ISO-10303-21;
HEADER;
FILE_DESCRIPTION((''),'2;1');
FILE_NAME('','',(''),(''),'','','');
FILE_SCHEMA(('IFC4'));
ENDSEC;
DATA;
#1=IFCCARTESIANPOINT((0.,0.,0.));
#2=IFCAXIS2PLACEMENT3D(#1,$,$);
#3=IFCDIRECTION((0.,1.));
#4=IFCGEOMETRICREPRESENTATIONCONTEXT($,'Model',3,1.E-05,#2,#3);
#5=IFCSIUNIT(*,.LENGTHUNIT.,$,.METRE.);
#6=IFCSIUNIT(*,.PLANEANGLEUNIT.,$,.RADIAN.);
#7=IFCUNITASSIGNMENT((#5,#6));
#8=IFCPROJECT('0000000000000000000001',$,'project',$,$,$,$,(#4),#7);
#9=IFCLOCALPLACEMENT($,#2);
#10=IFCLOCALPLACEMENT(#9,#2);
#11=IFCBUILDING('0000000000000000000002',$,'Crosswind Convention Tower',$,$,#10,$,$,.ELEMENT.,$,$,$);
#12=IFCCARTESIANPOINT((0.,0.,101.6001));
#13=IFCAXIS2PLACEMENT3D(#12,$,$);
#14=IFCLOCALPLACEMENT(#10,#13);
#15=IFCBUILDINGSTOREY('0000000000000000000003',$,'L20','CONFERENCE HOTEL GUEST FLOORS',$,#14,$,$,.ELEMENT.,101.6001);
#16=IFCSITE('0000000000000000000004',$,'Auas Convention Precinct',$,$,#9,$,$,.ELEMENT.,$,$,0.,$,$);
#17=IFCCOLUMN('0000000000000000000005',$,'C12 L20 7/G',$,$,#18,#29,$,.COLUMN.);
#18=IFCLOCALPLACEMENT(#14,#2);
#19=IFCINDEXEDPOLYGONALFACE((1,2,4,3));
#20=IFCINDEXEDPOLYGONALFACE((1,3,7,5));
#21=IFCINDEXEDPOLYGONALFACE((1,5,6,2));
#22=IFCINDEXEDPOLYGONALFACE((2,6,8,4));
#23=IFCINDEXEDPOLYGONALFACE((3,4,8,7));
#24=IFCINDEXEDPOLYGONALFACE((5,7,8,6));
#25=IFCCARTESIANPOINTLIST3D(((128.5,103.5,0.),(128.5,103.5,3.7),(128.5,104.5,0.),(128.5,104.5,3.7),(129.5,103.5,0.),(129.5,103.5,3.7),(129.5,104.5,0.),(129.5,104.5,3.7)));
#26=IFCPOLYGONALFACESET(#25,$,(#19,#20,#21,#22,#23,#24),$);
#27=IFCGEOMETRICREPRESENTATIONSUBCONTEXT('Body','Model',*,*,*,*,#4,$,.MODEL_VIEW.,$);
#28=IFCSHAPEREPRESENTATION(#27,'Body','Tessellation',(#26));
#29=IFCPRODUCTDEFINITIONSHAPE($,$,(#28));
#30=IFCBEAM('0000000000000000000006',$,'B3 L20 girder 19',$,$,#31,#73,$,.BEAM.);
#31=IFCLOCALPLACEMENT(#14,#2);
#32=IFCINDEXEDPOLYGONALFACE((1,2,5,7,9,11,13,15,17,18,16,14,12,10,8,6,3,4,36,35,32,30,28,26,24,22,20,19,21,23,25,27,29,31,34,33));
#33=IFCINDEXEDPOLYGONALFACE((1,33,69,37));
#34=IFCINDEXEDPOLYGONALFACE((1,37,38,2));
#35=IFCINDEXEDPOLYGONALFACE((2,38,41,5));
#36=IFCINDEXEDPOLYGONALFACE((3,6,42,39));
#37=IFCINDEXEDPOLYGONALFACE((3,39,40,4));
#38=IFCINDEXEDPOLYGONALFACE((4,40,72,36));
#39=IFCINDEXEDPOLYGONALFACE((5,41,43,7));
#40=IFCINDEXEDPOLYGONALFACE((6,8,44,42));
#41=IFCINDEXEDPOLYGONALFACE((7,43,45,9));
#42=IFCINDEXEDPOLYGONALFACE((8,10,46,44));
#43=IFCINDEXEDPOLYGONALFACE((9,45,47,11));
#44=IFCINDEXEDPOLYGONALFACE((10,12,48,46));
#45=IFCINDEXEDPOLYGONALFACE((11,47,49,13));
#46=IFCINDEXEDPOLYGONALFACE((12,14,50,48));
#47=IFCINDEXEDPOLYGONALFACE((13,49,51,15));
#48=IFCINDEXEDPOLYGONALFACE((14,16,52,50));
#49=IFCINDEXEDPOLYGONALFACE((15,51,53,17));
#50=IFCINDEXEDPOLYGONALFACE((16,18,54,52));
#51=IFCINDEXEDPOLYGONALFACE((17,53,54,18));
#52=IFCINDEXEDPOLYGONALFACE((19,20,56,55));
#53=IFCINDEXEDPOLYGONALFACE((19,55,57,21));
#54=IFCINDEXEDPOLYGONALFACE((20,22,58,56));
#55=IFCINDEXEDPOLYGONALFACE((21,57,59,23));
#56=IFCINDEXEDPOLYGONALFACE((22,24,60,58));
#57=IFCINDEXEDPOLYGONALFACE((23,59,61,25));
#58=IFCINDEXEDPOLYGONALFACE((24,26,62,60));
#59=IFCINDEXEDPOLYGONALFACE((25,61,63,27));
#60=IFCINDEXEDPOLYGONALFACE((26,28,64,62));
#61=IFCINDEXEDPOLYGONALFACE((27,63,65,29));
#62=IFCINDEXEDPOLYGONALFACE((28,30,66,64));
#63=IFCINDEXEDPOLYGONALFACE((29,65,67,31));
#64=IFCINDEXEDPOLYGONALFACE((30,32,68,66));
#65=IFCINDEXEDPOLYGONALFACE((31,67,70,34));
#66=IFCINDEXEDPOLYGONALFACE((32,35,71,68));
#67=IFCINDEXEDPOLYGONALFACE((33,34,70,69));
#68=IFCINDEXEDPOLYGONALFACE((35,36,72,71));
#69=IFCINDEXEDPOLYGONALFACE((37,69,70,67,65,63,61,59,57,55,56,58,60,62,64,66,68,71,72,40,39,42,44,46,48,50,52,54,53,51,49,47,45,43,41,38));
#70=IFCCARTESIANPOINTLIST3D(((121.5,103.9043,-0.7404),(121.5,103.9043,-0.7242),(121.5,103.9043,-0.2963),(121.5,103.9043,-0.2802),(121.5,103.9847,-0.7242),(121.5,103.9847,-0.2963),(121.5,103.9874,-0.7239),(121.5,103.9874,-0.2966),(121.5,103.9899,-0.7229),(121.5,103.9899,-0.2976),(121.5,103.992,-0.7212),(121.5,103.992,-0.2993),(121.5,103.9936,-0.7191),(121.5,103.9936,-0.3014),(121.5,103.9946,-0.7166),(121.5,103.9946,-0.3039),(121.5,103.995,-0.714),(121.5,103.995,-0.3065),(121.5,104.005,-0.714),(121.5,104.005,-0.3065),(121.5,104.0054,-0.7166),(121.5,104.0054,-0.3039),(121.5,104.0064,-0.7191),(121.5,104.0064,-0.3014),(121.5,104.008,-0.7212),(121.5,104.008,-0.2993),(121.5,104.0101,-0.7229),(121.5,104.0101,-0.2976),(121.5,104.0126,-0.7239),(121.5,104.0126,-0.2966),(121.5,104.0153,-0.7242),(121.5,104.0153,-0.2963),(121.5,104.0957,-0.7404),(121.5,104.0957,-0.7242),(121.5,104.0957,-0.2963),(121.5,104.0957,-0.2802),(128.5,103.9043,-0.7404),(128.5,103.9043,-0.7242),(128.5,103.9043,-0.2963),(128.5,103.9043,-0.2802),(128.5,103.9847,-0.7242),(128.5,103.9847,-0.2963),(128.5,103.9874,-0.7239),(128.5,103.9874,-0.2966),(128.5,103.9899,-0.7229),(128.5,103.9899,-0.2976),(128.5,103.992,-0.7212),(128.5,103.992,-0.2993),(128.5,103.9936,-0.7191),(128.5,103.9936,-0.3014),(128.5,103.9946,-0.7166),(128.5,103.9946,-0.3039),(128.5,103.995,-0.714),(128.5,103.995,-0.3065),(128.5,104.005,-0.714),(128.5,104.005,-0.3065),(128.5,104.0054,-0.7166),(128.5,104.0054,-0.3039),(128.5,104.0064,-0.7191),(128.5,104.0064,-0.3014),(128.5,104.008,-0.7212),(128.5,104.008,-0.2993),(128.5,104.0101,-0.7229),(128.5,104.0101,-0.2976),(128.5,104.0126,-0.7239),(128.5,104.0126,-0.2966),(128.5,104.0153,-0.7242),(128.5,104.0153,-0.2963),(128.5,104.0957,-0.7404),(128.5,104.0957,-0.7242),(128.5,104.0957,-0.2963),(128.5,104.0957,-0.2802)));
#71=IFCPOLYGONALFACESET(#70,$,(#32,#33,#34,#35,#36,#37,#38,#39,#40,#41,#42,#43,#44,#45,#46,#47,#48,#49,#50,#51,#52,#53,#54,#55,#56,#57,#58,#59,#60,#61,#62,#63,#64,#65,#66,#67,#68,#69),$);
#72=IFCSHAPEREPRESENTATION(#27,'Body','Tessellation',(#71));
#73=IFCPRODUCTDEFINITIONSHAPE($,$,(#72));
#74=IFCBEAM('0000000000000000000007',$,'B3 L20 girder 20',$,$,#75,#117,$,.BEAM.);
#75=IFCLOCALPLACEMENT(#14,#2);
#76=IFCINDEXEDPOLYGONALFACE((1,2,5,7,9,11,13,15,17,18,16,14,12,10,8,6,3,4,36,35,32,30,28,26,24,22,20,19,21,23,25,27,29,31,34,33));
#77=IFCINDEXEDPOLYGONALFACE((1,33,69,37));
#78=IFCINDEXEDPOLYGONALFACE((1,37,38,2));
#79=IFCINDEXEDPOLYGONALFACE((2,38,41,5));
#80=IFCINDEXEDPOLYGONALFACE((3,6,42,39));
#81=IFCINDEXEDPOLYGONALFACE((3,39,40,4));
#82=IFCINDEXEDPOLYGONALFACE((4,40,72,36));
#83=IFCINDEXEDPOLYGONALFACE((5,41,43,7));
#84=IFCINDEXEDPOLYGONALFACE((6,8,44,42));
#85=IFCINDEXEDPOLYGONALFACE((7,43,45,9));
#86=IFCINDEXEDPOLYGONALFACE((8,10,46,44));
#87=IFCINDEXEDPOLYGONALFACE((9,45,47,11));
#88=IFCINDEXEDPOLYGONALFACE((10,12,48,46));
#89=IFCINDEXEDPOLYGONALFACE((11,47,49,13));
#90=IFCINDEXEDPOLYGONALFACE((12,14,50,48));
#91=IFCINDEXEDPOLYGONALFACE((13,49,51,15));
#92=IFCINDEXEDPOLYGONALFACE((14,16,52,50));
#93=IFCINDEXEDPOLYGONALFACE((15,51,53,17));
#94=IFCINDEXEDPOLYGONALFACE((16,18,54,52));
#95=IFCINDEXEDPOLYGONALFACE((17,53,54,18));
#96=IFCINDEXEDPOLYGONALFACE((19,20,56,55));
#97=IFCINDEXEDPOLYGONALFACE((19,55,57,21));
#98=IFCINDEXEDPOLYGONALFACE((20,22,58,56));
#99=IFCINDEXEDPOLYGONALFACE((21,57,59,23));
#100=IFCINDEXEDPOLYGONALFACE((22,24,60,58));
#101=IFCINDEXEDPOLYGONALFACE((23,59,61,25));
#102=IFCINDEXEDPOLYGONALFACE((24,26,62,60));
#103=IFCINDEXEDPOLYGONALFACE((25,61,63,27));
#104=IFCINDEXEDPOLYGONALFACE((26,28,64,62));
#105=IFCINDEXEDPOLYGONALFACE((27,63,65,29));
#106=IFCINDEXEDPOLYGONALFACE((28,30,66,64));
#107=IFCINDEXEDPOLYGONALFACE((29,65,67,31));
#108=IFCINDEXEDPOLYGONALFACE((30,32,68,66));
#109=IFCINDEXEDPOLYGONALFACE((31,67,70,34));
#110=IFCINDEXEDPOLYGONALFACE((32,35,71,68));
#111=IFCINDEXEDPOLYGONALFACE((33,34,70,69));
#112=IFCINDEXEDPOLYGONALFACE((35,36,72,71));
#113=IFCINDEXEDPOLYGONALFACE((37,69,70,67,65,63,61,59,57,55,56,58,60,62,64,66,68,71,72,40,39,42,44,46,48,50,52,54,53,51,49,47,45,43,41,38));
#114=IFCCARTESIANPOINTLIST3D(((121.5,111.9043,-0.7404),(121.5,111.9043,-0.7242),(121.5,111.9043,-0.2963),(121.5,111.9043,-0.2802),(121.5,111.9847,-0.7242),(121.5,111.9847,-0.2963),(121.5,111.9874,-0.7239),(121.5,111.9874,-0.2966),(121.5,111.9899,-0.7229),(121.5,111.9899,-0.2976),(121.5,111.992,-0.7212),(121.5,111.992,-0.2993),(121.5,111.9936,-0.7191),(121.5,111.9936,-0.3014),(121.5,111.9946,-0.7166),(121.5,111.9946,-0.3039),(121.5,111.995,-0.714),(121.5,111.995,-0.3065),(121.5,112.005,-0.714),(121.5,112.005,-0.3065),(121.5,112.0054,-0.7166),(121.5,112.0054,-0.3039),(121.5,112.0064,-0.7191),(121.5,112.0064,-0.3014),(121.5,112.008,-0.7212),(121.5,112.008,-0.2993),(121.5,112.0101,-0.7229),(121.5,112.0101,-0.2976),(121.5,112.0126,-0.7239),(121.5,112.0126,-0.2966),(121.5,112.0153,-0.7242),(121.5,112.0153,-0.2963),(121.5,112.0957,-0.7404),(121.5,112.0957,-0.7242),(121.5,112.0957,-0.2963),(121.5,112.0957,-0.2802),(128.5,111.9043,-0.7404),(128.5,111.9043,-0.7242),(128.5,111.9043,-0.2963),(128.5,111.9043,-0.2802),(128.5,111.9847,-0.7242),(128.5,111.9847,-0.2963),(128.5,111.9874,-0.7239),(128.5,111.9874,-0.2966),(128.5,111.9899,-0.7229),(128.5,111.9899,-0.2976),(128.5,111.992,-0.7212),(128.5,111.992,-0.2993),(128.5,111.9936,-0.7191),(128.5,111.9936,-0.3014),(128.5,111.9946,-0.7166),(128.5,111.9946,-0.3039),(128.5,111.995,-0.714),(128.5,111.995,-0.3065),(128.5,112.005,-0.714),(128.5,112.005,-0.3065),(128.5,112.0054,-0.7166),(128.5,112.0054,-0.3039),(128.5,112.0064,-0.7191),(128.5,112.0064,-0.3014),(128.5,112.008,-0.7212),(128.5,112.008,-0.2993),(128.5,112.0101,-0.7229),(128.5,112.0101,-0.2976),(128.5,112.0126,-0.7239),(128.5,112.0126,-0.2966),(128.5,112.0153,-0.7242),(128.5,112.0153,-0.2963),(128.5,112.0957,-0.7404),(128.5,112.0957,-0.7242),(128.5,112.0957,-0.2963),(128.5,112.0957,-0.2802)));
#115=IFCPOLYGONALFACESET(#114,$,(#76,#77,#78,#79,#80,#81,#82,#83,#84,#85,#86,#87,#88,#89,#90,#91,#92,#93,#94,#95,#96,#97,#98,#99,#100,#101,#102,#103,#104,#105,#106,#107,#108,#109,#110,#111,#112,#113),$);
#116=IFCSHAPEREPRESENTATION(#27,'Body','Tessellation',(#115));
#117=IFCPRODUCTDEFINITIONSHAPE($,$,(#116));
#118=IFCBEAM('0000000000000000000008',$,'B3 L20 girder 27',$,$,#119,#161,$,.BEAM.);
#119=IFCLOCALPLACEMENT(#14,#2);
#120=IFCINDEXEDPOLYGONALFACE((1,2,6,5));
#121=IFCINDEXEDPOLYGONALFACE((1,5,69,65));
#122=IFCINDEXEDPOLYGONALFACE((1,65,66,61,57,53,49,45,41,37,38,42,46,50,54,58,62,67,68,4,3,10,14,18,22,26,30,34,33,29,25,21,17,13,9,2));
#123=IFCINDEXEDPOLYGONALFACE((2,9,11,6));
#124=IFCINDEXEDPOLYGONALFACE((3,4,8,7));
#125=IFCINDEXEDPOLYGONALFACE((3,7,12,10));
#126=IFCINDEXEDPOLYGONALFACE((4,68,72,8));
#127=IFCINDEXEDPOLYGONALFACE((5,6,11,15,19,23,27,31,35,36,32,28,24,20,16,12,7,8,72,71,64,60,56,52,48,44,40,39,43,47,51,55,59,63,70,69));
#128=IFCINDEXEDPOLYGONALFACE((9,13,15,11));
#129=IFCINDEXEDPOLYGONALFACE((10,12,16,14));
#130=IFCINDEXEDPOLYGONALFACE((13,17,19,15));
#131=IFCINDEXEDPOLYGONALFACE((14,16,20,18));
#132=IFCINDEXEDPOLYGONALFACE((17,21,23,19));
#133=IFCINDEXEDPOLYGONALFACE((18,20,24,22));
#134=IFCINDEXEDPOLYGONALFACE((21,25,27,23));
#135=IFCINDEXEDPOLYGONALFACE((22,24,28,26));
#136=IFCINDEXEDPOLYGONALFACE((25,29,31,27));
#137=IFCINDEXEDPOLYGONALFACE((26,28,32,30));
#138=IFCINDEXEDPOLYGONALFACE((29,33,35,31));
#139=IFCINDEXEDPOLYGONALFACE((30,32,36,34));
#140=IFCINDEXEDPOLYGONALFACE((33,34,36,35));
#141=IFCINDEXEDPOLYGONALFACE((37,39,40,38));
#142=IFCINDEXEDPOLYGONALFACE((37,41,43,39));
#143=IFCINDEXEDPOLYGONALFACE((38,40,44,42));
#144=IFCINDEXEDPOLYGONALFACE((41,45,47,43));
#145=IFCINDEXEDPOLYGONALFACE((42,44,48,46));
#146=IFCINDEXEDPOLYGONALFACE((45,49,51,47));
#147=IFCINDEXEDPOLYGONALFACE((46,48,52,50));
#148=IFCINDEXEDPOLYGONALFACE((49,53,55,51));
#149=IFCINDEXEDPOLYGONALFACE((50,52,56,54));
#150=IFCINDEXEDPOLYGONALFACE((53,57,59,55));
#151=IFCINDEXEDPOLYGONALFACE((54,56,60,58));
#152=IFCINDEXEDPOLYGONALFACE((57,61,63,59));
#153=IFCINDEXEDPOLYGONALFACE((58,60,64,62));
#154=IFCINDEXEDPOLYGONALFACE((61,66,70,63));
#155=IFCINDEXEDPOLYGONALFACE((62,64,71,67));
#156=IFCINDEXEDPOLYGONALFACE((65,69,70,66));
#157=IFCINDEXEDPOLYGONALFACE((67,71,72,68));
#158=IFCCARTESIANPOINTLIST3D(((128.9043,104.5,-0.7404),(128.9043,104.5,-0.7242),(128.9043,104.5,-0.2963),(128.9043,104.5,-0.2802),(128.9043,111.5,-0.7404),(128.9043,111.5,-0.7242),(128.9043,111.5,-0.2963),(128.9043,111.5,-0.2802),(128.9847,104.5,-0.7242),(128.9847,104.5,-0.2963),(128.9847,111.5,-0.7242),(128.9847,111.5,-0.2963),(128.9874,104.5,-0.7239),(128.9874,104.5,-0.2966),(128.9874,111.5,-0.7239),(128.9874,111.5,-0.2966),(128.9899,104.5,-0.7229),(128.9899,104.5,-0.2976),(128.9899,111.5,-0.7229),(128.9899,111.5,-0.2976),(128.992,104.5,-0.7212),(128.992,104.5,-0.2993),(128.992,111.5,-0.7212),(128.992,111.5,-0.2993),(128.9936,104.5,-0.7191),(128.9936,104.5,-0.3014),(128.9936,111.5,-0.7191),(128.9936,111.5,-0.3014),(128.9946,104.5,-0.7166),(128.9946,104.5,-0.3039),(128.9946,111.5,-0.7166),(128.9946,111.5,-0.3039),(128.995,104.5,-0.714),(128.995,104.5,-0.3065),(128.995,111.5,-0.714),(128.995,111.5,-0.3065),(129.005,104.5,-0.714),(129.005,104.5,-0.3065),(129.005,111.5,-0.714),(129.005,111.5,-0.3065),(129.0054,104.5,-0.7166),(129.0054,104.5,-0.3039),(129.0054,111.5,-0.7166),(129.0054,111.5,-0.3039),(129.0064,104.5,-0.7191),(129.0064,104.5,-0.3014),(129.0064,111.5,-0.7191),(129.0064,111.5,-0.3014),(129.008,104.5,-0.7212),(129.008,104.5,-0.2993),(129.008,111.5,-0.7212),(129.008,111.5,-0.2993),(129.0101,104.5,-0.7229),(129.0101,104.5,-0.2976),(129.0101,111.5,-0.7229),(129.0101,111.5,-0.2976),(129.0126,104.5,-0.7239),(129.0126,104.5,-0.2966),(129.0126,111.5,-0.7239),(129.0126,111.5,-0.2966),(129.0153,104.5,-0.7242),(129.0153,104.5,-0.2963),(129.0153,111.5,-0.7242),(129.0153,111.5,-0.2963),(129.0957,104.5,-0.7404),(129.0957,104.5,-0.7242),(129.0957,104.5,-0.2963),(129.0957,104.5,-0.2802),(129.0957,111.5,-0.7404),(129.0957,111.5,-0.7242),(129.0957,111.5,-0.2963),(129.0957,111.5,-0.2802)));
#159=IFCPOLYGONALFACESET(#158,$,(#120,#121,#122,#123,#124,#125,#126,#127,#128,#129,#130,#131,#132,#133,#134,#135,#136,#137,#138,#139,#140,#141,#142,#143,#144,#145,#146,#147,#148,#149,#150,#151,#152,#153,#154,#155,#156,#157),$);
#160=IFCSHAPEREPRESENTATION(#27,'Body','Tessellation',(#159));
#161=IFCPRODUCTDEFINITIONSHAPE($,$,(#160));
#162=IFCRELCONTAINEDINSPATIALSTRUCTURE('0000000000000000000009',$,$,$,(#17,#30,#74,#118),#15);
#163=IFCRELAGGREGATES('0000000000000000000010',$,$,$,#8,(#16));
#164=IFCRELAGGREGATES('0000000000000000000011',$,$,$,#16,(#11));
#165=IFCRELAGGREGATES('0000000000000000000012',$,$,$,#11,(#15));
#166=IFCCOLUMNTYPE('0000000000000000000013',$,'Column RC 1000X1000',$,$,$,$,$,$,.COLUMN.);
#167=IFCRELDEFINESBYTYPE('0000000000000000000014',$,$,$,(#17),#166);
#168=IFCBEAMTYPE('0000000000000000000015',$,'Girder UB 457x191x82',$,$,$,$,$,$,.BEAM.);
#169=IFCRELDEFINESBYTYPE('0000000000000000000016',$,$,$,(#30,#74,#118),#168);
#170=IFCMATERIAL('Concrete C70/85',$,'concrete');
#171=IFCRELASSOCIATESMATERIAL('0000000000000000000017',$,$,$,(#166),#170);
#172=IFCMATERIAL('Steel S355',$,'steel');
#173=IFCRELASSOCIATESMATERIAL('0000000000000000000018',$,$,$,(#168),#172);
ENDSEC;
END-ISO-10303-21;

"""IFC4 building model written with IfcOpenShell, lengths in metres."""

from ifc_helpers import new_model, si_unit, direction, frame, origin, origin_2d, place, context, subcontext, project, spatial, rectangle, i_section, extrude, material, material_profile, profile_set, type_object, element, save


model = new_model("IFC4")

# Units and contexts
model_context = context("Model", 3, precision=1e-05, world=origin(), true_north=direction((0.0, 1.0)))
body_context = subcontext(model_context, "Body", "Model", "MODEL_VIEW")
ifc_project = project(units=[si_unit("LENGTHUNIT", "METRE"), si_unit("PLANEANGLEUNIT", "RADIAN")], contexts=[model_context])

# Site, building, storey
site_placement = place(None, origin())
site = spatial("IfcSite", under=ifc_project, at=site_placement, Name="Auas Convention Precinct", CompositionType="ELEMENT", RefElevation=0.0)
building_placement = place(site_placement, origin())
building = spatial("IfcBuilding", under=site, at=building_placement, Name="Crosswind Convention Tower", CompositionType="ELEMENT")
storey_placement = place(building_placement, frame((0.0, 0.0, 101.6001)))
storey = spatial("IfcBuildingStorey", under=building, at=storey_placement, Name="L20", Description="CONFERENCE HOTEL GUEST FLOORS", CompositionType="ELEMENT", Elevation=101.6001)

# Column
ifc_material_1 = material(Name="Concrete C70/85", Category="concrete")
ifc_material_profile_1 = material_profile(ifc_material_1, rectangle(XDim=1.0, YDim=1.0, at=origin_2d()), Name="RC 1000X1000")
ifc_profile_set_1 = profile_set([ifc_material_profile_1], Name="Concrete C70/85")
column_type = type_object("IfcColumnType", Name="Column RC 1000X1000", PredefinedType="COLUMN", material=ifc_profile_set_1)
column_placement = place(storey_placement, frame((129.0, 104.0, 0.0), z_axis=(0.0, 0.0, 1.0), x_axis=(1.0, 0.0, 0.0)))
element("IfcColumn", 1, at=column_placement, inside=storey, type_object=column_type, Name="C12 L20 7/G", PredefinedType="COLUMN", context=body_context, shape_type="SweptSolid", body=[
    extrude(rectangle(XDim=1.0, YDim=1.0, at=origin_2d()), origin(), (0.0, 0.0, 1.0), 3.7),
])

# Beams
ifc_material_2 = material(Name="Steel S355", Category="steel")
ifc_material_profile_2 = material_profile(ifc_material_2, i_section(OverallWidth=0.1914, OverallDepth=0.4602, WebThickness=0.01, FlangeThickness=0.0161, FilletRadius=0.0103, at=origin_2d()), Name="UB 457x191x82")
ifc_profile_set_2 = profile_set([ifc_material_profile_2], Name="Steel S355")
beam_type_1 = type_object("IfcBeamType", Name="Girder UB 457x191x82", PredefinedType="BEAM", material=ifc_profile_set_2)
for number, where, z_axis, x_axis, name in (
    (2, (121.5, 104.0, -0.5103), (1.0, 0.0, 0.0), (0.0, 1.0, 0.0), "B3 L20 girder 19"),
    (3, (121.5, 112.0, -0.5103), (1.0, 0.0, 0.0), (0.0, 1.0, 0.0), "B3 L20 girder 20"),
    (4, (129.0, 104.5, -0.5103), (0.0, 1.0, 0.0), (-1.0, 0.0, 0.0), "B3 L20 girder 27"),
):
    element("IfcBeam", number, at=place(storey_placement, frame(where, z_axis=z_axis, x_axis=x_axis)), inside=storey, type_object=beam_type_1, Name=name, PredefinedType="BEAM", context=body_context, shape_type="SweptSolid", body=[
        extrude(i_section(OverallWidth=0.1914, OverallDepth=0.4602, WebThickness=0.01, FlangeThickness=0.0161, FilletRadius=0.0103, at=origin_2d()), origin(), (0.0, 0.0, 1.0), 7.0),
    ])

save(model, "model.ifc")
